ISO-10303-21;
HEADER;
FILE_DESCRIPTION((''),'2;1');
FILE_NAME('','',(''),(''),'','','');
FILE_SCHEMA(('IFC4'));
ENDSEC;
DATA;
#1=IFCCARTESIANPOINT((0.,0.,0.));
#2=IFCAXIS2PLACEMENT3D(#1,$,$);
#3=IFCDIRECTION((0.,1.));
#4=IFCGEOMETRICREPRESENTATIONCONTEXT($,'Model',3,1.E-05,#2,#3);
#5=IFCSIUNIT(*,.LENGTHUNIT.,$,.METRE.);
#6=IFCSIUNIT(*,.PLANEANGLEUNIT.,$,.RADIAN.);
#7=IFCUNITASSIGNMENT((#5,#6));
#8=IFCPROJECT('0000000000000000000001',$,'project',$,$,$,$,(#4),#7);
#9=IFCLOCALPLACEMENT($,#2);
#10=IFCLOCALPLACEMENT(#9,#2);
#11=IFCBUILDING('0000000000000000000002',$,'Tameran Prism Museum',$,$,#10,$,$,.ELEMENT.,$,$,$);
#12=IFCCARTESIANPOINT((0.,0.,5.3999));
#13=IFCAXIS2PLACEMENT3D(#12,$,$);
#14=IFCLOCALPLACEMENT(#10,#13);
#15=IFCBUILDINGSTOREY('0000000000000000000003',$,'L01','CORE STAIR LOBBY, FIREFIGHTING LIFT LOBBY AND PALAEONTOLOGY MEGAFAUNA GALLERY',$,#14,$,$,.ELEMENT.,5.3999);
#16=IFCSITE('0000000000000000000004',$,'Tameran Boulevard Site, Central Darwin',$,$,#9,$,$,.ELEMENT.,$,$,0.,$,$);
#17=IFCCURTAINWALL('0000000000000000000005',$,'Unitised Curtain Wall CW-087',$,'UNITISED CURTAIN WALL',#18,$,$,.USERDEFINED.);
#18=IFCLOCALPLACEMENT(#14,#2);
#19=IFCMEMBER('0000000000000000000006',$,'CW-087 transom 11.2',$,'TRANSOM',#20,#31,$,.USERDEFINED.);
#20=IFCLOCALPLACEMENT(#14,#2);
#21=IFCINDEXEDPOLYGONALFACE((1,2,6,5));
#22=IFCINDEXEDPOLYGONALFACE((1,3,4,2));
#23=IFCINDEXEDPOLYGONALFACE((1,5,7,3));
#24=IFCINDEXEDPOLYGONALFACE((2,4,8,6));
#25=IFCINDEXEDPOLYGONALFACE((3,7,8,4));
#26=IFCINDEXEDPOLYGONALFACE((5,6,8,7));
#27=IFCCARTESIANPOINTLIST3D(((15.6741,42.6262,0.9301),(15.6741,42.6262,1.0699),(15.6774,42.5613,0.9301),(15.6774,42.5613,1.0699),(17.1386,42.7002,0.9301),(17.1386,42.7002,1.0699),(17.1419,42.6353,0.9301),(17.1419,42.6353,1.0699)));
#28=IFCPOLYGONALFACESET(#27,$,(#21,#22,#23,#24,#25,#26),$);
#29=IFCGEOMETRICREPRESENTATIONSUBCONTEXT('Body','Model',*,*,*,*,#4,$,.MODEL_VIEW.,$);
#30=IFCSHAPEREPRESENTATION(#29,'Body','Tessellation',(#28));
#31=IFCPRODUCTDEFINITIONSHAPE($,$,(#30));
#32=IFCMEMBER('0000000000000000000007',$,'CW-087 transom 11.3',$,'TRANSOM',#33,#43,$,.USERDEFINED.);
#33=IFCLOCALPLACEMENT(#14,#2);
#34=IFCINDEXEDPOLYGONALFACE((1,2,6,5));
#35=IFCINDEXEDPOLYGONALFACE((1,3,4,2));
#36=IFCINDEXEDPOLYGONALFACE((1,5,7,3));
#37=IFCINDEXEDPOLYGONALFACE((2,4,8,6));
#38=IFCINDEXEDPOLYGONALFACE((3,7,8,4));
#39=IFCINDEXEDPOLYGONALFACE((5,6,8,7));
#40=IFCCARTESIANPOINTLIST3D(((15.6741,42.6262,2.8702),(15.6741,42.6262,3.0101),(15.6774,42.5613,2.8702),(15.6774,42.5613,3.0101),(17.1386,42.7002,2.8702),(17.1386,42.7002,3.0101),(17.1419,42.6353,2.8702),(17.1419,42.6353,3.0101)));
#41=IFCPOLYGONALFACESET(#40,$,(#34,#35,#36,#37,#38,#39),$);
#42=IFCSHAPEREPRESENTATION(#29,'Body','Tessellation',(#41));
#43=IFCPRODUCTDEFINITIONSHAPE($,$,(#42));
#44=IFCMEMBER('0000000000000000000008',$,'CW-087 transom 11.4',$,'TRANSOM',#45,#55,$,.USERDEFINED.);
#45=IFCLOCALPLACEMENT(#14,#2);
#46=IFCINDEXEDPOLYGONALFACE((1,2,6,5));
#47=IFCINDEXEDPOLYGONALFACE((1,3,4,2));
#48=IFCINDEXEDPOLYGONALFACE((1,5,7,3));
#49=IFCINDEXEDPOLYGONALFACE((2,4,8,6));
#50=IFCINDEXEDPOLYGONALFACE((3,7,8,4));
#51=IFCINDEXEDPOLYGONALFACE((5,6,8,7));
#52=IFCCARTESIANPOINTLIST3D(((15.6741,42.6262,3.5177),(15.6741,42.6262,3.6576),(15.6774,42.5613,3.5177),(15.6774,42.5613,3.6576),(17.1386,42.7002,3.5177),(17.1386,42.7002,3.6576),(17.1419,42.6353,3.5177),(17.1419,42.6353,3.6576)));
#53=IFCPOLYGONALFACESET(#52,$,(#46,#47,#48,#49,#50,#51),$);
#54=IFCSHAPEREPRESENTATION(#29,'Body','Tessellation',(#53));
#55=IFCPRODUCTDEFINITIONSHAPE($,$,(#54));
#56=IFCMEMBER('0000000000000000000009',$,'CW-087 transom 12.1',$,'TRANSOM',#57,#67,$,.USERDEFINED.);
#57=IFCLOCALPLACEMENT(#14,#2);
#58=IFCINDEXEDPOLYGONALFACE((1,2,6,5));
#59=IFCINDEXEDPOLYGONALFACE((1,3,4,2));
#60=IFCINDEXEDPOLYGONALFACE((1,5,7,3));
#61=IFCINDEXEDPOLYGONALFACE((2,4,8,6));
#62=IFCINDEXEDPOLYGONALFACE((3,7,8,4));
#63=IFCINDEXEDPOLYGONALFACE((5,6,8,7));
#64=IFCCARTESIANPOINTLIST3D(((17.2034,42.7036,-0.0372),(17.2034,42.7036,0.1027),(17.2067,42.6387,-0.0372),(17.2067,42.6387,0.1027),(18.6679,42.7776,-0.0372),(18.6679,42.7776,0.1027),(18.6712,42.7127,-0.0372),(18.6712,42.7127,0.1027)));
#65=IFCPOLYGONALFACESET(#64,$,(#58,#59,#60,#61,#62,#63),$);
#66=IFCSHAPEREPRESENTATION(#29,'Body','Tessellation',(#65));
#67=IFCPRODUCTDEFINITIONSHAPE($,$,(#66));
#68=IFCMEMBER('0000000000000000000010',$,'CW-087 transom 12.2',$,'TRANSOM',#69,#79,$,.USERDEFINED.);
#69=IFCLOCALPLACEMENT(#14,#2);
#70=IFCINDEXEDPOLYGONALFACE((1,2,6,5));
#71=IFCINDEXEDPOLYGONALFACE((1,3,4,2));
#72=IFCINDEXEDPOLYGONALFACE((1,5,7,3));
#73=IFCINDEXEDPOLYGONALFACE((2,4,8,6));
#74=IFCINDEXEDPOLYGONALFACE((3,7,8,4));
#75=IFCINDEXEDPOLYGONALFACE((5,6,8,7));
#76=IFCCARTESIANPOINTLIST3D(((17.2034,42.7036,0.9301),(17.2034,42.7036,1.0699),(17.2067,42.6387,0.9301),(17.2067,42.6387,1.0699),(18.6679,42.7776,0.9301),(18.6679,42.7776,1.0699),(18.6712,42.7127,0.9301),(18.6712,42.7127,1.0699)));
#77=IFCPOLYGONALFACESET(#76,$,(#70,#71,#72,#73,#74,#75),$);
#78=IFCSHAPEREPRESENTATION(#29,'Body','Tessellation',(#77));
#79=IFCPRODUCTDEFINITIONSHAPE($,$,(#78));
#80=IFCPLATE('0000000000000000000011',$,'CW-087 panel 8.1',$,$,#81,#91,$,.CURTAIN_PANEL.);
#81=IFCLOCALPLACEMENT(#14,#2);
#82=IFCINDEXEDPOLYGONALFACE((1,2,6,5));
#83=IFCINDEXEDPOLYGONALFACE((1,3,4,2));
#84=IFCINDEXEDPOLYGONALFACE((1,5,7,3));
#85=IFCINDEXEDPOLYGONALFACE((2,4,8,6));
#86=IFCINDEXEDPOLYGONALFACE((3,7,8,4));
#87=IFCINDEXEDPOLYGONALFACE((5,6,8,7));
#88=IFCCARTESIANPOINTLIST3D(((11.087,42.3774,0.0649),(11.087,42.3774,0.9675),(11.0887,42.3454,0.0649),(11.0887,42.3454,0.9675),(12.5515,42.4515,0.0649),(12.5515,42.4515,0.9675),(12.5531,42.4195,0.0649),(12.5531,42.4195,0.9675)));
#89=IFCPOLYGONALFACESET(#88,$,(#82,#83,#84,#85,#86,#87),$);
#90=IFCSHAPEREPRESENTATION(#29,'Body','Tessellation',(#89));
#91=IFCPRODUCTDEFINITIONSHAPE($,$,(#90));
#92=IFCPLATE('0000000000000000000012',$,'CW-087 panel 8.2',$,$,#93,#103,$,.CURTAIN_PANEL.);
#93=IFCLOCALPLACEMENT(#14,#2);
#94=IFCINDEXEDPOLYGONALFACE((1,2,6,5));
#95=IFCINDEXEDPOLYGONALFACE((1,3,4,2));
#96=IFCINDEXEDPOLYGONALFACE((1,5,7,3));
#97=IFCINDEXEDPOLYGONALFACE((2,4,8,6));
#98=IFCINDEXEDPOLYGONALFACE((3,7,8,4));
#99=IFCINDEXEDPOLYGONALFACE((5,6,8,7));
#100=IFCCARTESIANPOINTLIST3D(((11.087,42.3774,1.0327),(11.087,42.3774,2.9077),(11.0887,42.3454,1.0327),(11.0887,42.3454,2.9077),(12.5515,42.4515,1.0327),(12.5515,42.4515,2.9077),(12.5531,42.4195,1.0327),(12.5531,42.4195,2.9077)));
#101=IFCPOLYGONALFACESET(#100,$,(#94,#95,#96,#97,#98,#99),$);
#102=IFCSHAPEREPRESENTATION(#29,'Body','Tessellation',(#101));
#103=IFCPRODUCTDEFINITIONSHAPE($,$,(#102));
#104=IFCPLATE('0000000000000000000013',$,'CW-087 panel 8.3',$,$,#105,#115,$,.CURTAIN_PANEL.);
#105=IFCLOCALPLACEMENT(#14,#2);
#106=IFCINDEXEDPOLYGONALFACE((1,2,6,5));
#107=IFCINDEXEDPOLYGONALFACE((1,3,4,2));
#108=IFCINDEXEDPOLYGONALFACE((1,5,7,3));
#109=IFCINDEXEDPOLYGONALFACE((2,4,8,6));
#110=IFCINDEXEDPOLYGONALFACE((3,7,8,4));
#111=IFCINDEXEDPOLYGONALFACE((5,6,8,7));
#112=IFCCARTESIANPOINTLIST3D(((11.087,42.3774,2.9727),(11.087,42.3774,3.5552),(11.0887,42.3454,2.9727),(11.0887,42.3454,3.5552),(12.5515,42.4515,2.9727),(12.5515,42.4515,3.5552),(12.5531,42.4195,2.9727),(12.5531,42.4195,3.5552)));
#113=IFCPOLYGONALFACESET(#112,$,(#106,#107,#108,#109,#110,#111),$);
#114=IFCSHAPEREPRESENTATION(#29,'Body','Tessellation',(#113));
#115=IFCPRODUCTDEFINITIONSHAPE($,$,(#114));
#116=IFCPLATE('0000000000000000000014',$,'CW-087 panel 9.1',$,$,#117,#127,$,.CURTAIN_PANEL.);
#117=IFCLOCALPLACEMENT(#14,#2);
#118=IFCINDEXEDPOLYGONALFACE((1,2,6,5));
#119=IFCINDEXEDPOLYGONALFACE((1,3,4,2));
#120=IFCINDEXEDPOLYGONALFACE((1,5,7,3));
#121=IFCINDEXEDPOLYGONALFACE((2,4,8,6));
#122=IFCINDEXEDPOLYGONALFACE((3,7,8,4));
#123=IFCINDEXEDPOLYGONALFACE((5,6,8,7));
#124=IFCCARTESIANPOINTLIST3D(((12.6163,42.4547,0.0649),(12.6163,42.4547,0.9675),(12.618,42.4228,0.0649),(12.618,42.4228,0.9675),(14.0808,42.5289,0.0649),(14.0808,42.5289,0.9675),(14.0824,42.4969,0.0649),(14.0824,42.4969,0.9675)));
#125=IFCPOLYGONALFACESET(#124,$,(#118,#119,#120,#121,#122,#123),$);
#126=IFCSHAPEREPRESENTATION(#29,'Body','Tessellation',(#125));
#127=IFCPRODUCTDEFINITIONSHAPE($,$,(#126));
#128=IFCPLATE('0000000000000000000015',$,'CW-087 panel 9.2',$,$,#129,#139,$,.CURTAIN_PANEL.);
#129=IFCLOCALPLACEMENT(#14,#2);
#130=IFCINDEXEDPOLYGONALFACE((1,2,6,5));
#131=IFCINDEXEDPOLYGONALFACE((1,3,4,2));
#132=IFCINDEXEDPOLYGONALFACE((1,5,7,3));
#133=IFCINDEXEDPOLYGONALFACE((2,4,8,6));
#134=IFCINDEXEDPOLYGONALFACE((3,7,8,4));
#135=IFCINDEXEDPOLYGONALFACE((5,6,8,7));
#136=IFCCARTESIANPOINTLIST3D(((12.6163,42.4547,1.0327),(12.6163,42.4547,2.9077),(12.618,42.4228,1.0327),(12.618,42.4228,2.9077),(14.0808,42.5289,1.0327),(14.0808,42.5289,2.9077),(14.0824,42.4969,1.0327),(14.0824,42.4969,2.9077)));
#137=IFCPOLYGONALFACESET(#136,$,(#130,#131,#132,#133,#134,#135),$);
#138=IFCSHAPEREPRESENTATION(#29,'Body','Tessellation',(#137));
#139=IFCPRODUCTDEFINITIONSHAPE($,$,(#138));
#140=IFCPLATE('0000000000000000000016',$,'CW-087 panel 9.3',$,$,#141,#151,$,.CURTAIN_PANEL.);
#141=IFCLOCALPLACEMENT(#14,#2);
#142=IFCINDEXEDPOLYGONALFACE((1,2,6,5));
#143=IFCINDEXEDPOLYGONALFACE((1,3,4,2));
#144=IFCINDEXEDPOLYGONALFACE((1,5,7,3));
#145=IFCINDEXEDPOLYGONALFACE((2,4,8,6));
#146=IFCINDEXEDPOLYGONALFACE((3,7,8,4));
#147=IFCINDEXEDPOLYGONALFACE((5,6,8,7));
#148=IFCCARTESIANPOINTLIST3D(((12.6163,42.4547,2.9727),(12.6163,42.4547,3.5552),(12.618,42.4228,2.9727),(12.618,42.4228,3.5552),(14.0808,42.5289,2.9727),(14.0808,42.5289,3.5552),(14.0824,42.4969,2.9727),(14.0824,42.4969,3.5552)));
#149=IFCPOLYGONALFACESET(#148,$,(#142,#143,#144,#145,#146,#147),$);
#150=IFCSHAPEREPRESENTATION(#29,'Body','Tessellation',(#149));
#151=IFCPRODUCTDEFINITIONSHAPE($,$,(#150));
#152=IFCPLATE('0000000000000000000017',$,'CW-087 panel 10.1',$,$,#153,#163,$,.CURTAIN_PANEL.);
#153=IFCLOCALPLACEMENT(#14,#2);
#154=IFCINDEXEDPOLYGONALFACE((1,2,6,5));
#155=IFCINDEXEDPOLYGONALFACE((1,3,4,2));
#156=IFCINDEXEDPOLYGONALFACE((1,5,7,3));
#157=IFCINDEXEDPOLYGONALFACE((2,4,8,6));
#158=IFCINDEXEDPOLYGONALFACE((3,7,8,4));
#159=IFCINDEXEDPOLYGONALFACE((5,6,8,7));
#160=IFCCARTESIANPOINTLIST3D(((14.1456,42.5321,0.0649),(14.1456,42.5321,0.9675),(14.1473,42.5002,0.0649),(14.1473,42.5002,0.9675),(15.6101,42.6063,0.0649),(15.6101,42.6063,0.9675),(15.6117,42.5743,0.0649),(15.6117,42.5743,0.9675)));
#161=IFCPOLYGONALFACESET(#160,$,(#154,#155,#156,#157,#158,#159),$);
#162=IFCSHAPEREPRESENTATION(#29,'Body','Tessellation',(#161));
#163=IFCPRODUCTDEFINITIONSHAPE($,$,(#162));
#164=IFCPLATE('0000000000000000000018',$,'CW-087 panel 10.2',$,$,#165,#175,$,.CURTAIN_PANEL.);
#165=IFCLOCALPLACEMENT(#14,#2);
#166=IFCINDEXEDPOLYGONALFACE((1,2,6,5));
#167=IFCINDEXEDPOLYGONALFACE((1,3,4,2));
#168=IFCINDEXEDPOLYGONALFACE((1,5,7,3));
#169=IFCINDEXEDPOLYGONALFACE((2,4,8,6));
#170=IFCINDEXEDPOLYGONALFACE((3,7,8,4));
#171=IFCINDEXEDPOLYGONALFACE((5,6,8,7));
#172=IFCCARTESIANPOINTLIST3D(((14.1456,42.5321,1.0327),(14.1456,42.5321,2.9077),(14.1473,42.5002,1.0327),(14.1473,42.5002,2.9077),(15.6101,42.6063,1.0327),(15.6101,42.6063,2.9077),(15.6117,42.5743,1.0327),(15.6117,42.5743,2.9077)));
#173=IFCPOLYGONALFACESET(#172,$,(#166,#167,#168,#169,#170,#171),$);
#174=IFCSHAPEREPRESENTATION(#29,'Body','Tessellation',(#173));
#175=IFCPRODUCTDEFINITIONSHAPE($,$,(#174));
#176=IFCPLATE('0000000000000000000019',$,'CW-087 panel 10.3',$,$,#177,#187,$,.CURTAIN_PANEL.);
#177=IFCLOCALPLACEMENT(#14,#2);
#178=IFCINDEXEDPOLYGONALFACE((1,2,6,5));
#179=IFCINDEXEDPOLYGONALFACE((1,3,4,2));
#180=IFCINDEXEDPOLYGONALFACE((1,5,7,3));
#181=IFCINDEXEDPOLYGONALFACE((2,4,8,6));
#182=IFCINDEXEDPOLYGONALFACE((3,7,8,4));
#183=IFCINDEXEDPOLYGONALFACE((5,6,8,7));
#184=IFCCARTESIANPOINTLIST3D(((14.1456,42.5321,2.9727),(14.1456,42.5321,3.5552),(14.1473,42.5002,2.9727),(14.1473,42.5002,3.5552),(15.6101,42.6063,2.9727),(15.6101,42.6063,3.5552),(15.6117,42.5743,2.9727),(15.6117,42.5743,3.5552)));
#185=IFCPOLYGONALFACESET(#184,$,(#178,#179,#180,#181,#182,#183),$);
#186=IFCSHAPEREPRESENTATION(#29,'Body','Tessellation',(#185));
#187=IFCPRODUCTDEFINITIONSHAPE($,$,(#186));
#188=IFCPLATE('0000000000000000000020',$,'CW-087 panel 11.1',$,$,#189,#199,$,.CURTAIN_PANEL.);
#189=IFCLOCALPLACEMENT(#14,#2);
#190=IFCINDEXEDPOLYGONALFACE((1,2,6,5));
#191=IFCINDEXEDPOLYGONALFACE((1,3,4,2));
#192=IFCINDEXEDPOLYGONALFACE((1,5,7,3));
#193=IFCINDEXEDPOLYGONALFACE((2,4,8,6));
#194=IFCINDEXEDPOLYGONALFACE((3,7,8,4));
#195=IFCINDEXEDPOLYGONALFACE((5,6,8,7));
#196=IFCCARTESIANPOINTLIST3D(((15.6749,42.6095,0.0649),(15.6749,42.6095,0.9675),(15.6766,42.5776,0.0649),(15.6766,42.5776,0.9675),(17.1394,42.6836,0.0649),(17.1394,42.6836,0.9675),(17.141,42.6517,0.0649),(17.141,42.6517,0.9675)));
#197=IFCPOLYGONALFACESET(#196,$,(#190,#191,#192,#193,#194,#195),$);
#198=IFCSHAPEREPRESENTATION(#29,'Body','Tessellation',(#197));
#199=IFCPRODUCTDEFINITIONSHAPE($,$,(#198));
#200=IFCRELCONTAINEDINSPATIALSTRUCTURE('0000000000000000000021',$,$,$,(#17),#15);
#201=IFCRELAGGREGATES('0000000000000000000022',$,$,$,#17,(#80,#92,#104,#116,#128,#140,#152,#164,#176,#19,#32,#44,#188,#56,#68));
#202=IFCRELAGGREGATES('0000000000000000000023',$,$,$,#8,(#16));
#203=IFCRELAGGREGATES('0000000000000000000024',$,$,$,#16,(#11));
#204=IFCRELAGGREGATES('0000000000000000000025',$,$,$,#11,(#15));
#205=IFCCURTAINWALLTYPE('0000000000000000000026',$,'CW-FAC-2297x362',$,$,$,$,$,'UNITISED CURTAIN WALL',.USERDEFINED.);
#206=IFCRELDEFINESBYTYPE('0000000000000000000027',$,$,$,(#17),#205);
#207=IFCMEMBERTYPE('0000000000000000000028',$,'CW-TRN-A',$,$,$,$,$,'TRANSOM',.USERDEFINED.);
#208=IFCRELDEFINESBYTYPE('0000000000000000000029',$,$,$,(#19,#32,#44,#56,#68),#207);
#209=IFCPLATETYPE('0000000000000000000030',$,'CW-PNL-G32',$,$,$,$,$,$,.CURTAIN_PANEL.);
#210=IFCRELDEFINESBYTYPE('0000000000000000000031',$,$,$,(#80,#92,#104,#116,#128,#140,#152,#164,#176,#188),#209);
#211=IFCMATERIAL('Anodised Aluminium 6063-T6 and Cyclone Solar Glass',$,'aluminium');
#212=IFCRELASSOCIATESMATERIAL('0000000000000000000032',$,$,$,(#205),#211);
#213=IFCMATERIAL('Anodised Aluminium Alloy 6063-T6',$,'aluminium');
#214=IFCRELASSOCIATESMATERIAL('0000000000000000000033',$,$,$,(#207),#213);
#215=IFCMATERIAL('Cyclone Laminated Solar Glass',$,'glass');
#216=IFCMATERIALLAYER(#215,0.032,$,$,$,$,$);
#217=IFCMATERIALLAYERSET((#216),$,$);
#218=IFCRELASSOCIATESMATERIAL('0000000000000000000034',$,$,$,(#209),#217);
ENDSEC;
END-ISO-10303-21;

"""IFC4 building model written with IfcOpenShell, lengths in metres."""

from ifc_helpers import new_model, si_unit, direction, frame, origin, origin_2d, place, context, subcontext, project, spatial, rectangle, extrude, material, layer, layer_set, material_profile, profile_set, type_object, element, aggregate, save


model = new_model("IFC4")

# Units and contexts
model_context = context("Model", 3, precision=1e-05, world=origin(), true_north=direction((0.0, 1.0)))
body_context = subcontext(model_context, "Body", "Model", "MODEL_VIEW")
ifc_project = project(units=[si_unit("LENGTHUNIT", "METRE"), si_unit("PLANEANGLEUNIT", "RADIAN")], contexts=[model_context])

# Site, building, storey
site_placement = place(None, origin())
site = spatial("IfcSite", under=ifc_project, at=site_placement, Name="Tameran Boulevard Site, Central Darwin", CompositionType="ELEMENT", RefElevation=0.0)
building_placement = place(site_placement, origin())
building = spatial("IfcBuilding", under=site, at=building_placement, Name="Tameran Prism Museum", CompositionType="ELEMENT")
storey_placement = place(building_placement, frame((0.0, 0.0, 5.3999)))
storey = spatial("IfcBuildingStorey", under=building, at=storey_placement, Name="L01", Description="CORE STAIR LOBBY, FIREFIGHTING LIFT LOBBY AND PALAEONTOLOGY MEGAFAUNA GALLERY", CompositionType="ELEMENT", Elevation=5.3999)

# Curtain wall, members, plates
ifc_material_1 = material(Name="Anodised Aluminium 6063-T6 and Cyclone Solar Glass", Category="aluminium")
curtain_wall_type = type_object("IfcCurtainWallType", Name="CW-FAC-2297x362", ElementType="UNITISED CURTAIN WALL", PredefinedType="USERDEFINED", material=ifc_material_1)
curtain_wall_placement = place(storey_placement, origin())
curtain_wall = element("IfcCurtainWall", 1, at=curtain_wall_placement, inside=storey, type_object=curtain_wall_type, Name="Unitised Curtain Wall CW-087", ObjectType="UNITISED CURTAIN WALL", PredefinedType="USERDEFINED")
ifc_material_2 = material(Name="Anodised Aluminium Alloy 6063-T6", Category="aluminium")
ifc_material_profile_1 = material_profile(ifc_material_2, rectangle(XDim=0.0649, YDim=0.1399, at=origin_2d()))
ifc_profile_set_1 = profile_set([ifc_material_profile_1])
member_type_1 = type_object("IfcMemberType", Name="CW-TRN-A", ElementType="TRANSOM", PredefinedType="USERDEFINED", material=ifc_profile_set_1)
member_1_placement = place(storey_placement, frame((15.6758, 42.5938, 1.0), z_axis=(0.998726, 0.050453, 0.0), x_axis=(-0.050453, 0.998726, 0.0)))
member_1 = element("IfcMember", 2, at=member_1_placement, type_object=member_type_1, Name="CW-087 transom 11.2", ObjectType="TRANSOM", PredefinedType="USERDEFINED", context=body_context, shape_type="SweptSolid", body=[
    extrude(rectangle(XDim=0.0649, YDim=0.1399, at=origin_2d()), origin(), (0.0, 0.0, 1.0), 1.4663),
])
member_2_placement = place(storey_placement, frame((15.6758, 42.5938, 2.9402), z_axis=(0.998726, 0.050453, 0.0), x_axis=(-0.050453, 0.998726, 0.0)))
member_2 = element("IfcMember", 3, at=member_2_placement, type_object=member_type_1, Name="CW-087 transom 11.3", ObjectType="TRANSOM", PredefinedType="USERDEFINED", context=body_context, shape_type="SweptSolid", body=[
    extrude(rectangle(XDim=0.0649, YDim=0.1399, at=origin_2d()), origin(), (0.0, 0.0, 1.0), 1.4663),
])
member_3_placement = place(storey_placement, frame((15.6758, 42.5938, 3.5876), z_axis=(0.998726, 0.050453, 0.0), x_axis=(-0.050453, 0.998726, 0.0)))
member_3 = element("IfcMember", 4, at=member_3_placement, type_object=member_type_1, Name="CW-087 transom 11.4", ObjectType="TRANSOM", PredefinedType="USERDEFINED", context=body_context, shape_type="SweptSolid", body=[
    extrude(rectangle(XDim=0.0649, YDim=0.1399, at=origin_2d()), origin(), (0.0, 0.0, 1.0), 1.4663),
])
member_4_placement = place(storey_placement, frame((17.2051, 42.6711, 0.0327), z_axis=(0.998726, 0.050453, 0.0), x_axis=(-0.050453, 0.998726, 0.0)))
member_4 = element("IfcMember", 5, at=member_4_placement, type_object=member_type_1, Name="CW-087 transom 12.1", ObjectType="TRANSOM", PredefinedType="USERDEFINED", context=body_context, shape_type="SweptSolid", body=[
    extrude(rectangle(XDim=0.0649, YDim=0.1399, at=origin_2d()), origin(), (0.0, 0.0, 1.0), 1.4663),
])
member_5_placement = place(storey_placement, frame((17.2051, 42.6711, 1.0), z_axis=(0.998726, 0.050453, 0.0), x_axis=(-0.050453, 0.998726, 0.0)))
member_5 = element("IfcMember", 6, at=member_5_placement, type_object=member_type_1, Name="CW-087 transom 12.2", ObjectType="TRANSOM", PredefinedType="USERDEFINED", context=body_context, shape_type="SweptSolid", body=[
    extrude(rectangle(XDim=0.0649, YDim=0.1399, at=origin_2d()), origin(), (0.0, 0.0, 1.0), 1.4663),
])
ifc_material_3 = material(Name="Cyclone Laminated Solar Glass", Category="glass")
ifc_layer_1 = layer(ifc_material_3, 0.032)
ifc_layer_set_1 = layer_set([ifc_layer_1])
plate_type = type_object("IfcPlateType", Name="CW-PNL-G32", PredefinedType="CURTAIN_PANEL", material=ifc_layer_set_1)
plate_1_placement = place(storey_placement, frame((11.8201, 42.3984, 0.0649), z_axis=(0.0, 0.0, 1.0), x_axis=(0.998722, 0.050546, 0.0)))
plate_1 = element("IfcPlate", 7, at=plate_1_placement, type_object=plate_type, Name="CW-087 panel 8.1", PredefinedType="CURTAIN_PANEL", context=body_context, shape_type="SweptSolid", body=[
    extrude(rectangle(XDim=1.4663, YDim=0.032, at=origin_2d()), origin(), (0.0, 0.0, 1.0), 0.9026),
])
plate_2_placement = place(storey_placement, frame((11.8201, 42.3984, 1.0327), z_axis=(0.0, 0.0, 1.0), x_axis=(0.998722, 0.050546, 0.0)))
plate_2 = element("IfcPlate", 8, at=plate_2_placement, type_object=plate_type, Name="CW-087 panel 8.2", PredefinedType="CURTAIN_PANEL", context=body_context, shape_type="SweptSolid", body=[
    extrude(rectangle(XDim=1.4663, YDim=0.032, at=origin_2d()), origin(), (0.0, 0.0, 1.0), 1.875),
])
plate_3_placement = place(storey_placement, frame((11.8201, 42.3984, 2.9727), z_axis=(0.0, 0.0, 1.0), x_axis=(0.998722, 0.050546, 0.0)))
plate_3 = element("IfcPlate", 9, at=plate_3_placement, type_object=plate_type, Name="CW-087 panel 8.3", PredefinedType="CURTAIN_PANEL", context=body_context, shape_type="SweptSolid", body=[
    extrude(rectangle(XDim=1.4663, YDim=0.032, at=origin_2d()), origin(), (0.0, 0.0, 1.0), 0.5825),
])
plate_4_placement = place(storey_placement, frame((13.3494, 42.4758, 0.0649), z_axis=(0.0, 0.0, 1.0), x_axis=(0.998722, 0.050546, 0.0)))
plate_4 = element("IfcPlate", 10, at=plate_4_placement, type_object=plate_type, Name="CW-087 panel 9.1", PredefinedType="CURTAIN_PANEL", context=body_context, shape_type="SweptSolid", body=[
    extrude(rectangle(XDim=1.4663, YDim=0.032, at=origin_2d()), origin(), (0.0, 0.0, 1.0), 0.9026),
])
plate_5_placement = place(storey_placement, frame((13.3494, 42.4758, 1.0327), z_axis=(0.0, 0.0, 1.0), x_axis=(0.998722, 0.050546, 0.0)))
plate_5 = element("IfcPlate", 11, at=plate_5_placement, type_object=plate_type, Name="CW-087 panel 9.2", PredefinedType="CURTAIN_PANEL", context=body_context, shape_type="SweptSolid", body=[
    extrude(rectangle(XDim=1.4663, YDim=0.032, at=origin_2d()), origin(), (0.0, 0.0, 1.0), 1.875),
])
plate_6_placement = place(storey_placement, frame((13.3494, 42.4758, 2.9727), z_axis=(0.0, 0.0, 1.0), x_axis=(0.998722, 0.050546, 0.0)))
plate_6 = element("IfcPlate", 12, at=plate_6_placement, type_object=plate_type, Name="CW-087 panel 9.3", PredefinedType="CURTAIN_PANEL", context=body_context, shape_type="SweptSolid", body=[
    extrude(rectangle(XDim=1.4663, YDim=0.032, at=origin_2d()), origin(), (0.0, 0.0, 1.0), 0.5825),
])
plate_7_placement = place(storey_placement, frame((14.8787, 42.5532, 0.0649), z_axis=(0.0, 0.0, 1.0), x_axis=(0.998722, 0.050546, 0.0)))
plate_7 = element("IfcPlate", 13, at=plate_7_placement, type_object=plate_type, Name="CW-087 panel 10.1", PredefinedType="CURTAIN_PANEL", context=body_context, shape_type="SweptSolid", body=[
    extrude(rectangle(XDim=1.4663, YDim=0.032, at=origin_2d()), origin(), (0.0, 0.0, 1.0), 0.9026),
])
plate_8_placement = place(storey_placement, frame((14.8787, 42.5532, 1.0327), z_axis=(0.0, 0.0, 1.0), x_axis=(0.998722, 0.050546, 0.0)))
plate_8 = element("IfcPlate", 14, at=plate_8_placement, type_object=plate_type, Name="CW-087 panel 10.2", PredefinedType="CURTAIN_PANEL", context=body_context, shape_type="SweptSolid", body=[
    extrude(rectangle(XDim=1.4663, YDim=0.032, at=origin_2d()), origin(), (0.0, 0.0, 1.0), 1.875),
])
plate_9_placement = place(storey_placement, frame((14.8787, 42.5532, 2.9727), z_axis=(0.0, 0.0, 1.0), x_axis=(0.998722, 0.050546, 0.0)))
plate_9 = element("IfcPlate", 15, at=plate_9_placement, type_object=plate_type, Name="CW-087 panel 10.3", PredefinedType="CURTAIN_PANEL", context=body_context, shape_type="SweptSolid", body=[
    extrude(rectangle(XDim=1.4663, YDim=0.032, at=origin_2d()), origin(), (0.0, 0.0, 1.0), 0.5825),
])
plate_10_placement = place(storey_placement, frame((16.408, 42.6306, 0.0649), z_axis=(0.0, 0.0, 1.0), x_axis=(0.998722, 0.050546, 0.0)))
plate_10 = element("IfcPlate", 16, at=plate_10_placement, type_object=plate_type, Name="CW-087 panel 11.1", PredefinedType="CURTAIN_PANEL", context=body_context, shape_type="SweptSolid", body=[
    extrude(rectangle(XDim=1.4663, YDim=0.032, at=origin_2d()), origin(), (0.0, 0.0, 1.0), 0.9026),
])
aggregate(curtain_wall, [plate_1, plate_2, plate_3, plate_4, plate_5, plate_6, plate_7, plate_8, plate_9, member_1, member_2, member_3, plate_10, member_4, member_5])

save(model, "model.ifc")
